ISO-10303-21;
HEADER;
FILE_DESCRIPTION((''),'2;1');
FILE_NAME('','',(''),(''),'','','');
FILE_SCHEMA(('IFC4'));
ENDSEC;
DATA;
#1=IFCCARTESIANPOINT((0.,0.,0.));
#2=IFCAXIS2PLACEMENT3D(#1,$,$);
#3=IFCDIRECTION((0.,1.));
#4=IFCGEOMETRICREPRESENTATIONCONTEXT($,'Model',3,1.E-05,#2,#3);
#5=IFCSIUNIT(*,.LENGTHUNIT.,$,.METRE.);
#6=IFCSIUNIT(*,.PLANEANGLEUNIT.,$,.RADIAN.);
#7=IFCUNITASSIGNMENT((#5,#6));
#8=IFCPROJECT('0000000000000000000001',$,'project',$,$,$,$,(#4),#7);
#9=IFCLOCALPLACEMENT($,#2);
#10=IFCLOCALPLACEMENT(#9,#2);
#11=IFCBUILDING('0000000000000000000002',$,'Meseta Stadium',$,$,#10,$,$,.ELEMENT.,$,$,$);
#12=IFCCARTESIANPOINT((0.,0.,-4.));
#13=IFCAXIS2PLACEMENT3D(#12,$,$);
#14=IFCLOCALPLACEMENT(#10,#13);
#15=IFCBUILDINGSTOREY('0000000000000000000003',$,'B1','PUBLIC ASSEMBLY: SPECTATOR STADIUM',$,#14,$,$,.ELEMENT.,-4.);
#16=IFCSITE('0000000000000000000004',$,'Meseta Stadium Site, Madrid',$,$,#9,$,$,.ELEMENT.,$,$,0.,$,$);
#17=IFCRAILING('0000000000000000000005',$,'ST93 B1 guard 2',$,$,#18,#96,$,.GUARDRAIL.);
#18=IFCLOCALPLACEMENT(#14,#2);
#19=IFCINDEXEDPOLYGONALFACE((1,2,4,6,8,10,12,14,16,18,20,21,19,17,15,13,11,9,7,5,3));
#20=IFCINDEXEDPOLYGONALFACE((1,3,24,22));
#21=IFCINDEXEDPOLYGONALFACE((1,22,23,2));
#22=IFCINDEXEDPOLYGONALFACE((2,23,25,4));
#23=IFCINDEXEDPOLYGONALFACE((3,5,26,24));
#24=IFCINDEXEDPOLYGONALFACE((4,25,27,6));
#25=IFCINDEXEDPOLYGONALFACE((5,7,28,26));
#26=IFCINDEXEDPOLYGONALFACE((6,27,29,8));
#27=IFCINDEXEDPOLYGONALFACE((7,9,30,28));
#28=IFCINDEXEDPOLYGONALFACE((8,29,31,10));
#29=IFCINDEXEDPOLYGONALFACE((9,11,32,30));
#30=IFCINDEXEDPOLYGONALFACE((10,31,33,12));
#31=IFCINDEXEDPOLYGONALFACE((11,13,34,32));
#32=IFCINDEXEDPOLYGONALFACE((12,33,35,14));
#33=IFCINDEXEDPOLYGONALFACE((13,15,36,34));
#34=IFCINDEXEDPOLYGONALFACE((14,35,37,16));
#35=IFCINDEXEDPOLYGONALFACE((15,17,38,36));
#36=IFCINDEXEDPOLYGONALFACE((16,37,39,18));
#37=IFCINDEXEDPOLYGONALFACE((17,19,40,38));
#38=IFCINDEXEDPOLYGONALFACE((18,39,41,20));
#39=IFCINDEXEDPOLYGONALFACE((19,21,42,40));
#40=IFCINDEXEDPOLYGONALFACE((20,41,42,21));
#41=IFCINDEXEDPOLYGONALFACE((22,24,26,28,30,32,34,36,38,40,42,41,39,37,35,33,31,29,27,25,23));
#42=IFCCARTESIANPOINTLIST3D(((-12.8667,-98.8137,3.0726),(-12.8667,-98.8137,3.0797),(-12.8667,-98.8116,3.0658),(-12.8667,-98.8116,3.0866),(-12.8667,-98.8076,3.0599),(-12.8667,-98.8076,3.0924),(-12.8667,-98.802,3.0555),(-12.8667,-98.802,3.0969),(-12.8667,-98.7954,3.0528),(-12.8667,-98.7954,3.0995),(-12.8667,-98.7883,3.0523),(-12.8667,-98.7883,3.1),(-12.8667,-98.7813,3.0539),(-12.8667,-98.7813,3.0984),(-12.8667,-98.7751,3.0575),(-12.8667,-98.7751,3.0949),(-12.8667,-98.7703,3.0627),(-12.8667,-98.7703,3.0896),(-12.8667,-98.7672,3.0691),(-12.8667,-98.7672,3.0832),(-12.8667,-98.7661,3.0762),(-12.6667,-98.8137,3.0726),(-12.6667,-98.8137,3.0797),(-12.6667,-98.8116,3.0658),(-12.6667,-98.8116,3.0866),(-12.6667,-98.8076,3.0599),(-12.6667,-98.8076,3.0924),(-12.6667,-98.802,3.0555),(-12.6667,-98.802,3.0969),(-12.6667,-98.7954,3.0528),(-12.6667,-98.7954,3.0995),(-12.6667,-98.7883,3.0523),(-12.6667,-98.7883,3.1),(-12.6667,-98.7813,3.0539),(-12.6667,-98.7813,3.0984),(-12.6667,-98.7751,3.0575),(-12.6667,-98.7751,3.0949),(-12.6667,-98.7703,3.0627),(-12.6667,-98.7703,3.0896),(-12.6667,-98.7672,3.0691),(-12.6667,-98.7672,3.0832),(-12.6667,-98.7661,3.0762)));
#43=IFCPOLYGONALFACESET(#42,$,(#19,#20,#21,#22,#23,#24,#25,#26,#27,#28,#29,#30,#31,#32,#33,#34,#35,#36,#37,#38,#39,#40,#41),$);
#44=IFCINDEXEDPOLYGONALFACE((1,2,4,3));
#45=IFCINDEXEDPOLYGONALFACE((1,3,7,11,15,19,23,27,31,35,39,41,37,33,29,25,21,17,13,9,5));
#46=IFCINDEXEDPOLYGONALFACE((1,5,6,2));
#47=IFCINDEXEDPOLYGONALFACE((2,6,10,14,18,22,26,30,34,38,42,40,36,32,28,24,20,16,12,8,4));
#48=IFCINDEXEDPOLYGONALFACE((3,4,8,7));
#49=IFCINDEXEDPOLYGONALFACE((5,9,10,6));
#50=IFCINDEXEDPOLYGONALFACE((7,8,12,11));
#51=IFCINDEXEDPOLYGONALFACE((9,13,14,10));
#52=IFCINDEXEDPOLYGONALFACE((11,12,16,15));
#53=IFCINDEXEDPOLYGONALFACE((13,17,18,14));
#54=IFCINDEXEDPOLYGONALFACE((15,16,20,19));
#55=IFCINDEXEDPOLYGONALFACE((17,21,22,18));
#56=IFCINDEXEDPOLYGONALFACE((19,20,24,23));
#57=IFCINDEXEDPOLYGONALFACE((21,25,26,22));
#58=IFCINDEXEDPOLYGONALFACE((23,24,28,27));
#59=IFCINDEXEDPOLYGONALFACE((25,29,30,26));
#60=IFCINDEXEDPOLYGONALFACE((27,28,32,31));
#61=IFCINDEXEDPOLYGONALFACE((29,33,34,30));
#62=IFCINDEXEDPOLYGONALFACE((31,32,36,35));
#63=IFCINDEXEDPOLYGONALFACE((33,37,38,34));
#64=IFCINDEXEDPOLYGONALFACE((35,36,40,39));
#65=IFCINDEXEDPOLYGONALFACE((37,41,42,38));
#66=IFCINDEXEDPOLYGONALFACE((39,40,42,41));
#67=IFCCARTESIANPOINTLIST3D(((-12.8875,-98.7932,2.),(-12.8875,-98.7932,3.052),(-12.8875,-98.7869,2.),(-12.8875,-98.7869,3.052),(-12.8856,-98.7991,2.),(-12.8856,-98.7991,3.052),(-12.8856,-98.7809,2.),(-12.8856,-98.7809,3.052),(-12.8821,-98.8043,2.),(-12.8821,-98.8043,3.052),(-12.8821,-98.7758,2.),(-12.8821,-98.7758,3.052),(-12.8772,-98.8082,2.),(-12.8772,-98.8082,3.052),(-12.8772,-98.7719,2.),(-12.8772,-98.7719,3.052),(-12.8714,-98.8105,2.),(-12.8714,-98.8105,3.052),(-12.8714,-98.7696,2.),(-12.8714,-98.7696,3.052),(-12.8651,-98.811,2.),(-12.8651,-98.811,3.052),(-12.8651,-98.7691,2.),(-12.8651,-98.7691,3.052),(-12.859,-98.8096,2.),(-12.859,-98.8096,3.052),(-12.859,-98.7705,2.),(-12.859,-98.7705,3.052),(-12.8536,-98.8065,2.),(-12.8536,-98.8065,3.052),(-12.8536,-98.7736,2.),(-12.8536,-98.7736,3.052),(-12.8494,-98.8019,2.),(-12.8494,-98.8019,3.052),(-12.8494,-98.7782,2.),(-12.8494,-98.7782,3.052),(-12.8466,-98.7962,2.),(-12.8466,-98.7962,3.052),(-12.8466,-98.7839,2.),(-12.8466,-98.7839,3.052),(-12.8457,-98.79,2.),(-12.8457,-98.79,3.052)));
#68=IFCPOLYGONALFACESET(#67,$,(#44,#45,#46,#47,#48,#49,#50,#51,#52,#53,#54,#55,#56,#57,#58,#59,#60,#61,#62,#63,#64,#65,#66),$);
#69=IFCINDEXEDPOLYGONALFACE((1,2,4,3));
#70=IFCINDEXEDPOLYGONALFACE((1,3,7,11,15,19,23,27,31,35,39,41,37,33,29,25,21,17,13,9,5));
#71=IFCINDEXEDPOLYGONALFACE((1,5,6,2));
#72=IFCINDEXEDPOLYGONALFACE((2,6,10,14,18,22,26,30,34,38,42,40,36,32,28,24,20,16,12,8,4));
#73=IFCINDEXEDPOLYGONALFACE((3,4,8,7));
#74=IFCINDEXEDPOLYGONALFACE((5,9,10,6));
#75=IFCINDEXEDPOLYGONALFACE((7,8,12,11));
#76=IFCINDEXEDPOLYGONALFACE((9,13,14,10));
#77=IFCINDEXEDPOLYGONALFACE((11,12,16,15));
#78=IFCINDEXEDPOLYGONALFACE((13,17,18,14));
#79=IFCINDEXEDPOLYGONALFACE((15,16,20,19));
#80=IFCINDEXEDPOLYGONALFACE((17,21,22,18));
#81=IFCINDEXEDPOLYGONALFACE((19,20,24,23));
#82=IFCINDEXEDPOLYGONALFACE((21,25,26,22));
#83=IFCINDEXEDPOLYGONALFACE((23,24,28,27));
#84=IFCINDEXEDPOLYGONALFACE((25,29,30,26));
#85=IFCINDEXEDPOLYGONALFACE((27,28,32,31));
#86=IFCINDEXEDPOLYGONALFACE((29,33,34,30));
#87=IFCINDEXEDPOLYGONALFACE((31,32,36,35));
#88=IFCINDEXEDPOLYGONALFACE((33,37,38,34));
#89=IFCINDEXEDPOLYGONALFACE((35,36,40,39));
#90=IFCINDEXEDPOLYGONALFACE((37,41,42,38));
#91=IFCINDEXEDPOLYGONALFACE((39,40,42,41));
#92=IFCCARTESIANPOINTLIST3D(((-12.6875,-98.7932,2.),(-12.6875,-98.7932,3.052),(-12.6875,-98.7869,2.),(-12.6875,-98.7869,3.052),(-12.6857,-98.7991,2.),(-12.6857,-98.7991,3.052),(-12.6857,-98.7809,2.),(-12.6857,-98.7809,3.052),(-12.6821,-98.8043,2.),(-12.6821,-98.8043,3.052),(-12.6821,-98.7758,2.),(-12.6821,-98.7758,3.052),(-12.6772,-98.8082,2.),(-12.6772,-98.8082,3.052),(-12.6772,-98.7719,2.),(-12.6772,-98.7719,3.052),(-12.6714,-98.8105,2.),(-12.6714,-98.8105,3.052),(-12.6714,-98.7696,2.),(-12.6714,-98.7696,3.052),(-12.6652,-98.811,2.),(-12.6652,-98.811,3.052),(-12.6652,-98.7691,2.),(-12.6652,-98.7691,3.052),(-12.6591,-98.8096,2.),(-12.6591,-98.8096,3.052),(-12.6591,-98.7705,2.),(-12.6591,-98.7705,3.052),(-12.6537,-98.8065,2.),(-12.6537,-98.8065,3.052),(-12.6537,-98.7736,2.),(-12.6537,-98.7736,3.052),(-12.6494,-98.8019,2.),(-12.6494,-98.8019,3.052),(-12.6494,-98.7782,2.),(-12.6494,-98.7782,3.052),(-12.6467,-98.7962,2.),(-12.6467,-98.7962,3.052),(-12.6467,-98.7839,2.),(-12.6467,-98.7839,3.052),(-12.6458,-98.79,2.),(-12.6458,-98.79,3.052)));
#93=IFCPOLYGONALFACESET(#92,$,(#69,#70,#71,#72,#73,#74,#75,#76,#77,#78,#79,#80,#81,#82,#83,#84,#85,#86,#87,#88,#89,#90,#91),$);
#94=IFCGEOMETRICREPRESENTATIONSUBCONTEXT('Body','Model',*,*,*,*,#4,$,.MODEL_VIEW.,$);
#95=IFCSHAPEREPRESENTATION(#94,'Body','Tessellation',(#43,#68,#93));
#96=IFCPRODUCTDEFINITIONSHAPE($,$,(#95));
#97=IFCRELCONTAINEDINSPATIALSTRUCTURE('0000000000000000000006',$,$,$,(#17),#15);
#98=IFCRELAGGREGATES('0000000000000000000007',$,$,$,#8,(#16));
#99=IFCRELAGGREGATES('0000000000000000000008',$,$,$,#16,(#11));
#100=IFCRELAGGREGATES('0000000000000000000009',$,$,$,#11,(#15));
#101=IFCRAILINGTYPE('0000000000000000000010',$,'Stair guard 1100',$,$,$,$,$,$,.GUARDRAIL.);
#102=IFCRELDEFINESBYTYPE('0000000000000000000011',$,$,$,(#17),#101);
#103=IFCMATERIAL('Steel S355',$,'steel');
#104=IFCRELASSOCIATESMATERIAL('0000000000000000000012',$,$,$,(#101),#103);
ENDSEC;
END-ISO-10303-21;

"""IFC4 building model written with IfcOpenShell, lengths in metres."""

from ifc_helpers import new_model, si_unit, direction, frame, origin, origin_2d, place, context, subcontext, project, spatial, circle, extrude, material, type_object, element, save


model = new_model("IFC4")

# Units and contexts
model_context = context("Model", 3, precision=1e-05, world=origin(), true_north=direction((0.0, 1.0)))
body_context = subcontext(model_context, "Body", "Model", "MODEL_VIEW")
ifc_project = project(units=[si_unit("LENGTHUNIT", "METRE"), si_unit("PLANEANGLEUNIT", "RADIAN")], contexts=[model_context])

# Site, building, storey
site_placement = place(None, origin())
site = spatial("IfcSite", under=ifc_project, at=site_placement, Name="Meseta Stadium Site, Madrid", CompositionType="ELEMENT", RefElevation=0.0)
building_placement = place(site_placement, origin())
building = spatial("IfcBuilding", under=site, at=building_placement, Name="Meseta Stadium", CompositionType="ELEMENT")
storey_placement = place(building_placement, frame((0.0, 0.0, -4.0)))
storey = spatial("IfcBuildingStorey", under=building, at=storey_placement, Name="B1", Description="PUBLIC ASSEMBLY: SPECTATOR STADIUM", CompositionType="ELEMENT", Elevation=-4.0)

# Railing
ifc_material_1 = material(Name="Steel S355", Category="steel")
railing_type_1 = type_object("IfcRailingType", Name="Stair guard 1100", PredefinedType="GUARDRAIL", material=ifc_material_1)
railing_1_placement = place(storey_placement, frame((-12.8667, -98.79, 2.0)))
element("IfcRailing", 1, at=railing_1_placement, inside=storey, type_object=railing_type_1, Name="ST93 B1 guard 2", PredefinedType="GUARDRAIL", context=body_context, shape_type="SweptSolid", body=[
    extrude(circle(Radius=0.0239, at=origin_2d()), frame((0.0, 0.0, 1.0762), z_axis=(1.0, 0.0, 0.0), x_axis=(0.0, 1.0, 0.0)), (0.0, 0.0, 1.0), 0.2),
    extrude(circle(Radius=0.021, at=origin_2d()), origin(), (0.0, 0.0, 1.0), 1.052),
    extrude(circle(Radius=0.021, at=origin_2d()), frame((0.2, 0.0, 0.0)), (0.0, 0.0, 1.0), 1.052),
])

save(model, "model.ifc")
